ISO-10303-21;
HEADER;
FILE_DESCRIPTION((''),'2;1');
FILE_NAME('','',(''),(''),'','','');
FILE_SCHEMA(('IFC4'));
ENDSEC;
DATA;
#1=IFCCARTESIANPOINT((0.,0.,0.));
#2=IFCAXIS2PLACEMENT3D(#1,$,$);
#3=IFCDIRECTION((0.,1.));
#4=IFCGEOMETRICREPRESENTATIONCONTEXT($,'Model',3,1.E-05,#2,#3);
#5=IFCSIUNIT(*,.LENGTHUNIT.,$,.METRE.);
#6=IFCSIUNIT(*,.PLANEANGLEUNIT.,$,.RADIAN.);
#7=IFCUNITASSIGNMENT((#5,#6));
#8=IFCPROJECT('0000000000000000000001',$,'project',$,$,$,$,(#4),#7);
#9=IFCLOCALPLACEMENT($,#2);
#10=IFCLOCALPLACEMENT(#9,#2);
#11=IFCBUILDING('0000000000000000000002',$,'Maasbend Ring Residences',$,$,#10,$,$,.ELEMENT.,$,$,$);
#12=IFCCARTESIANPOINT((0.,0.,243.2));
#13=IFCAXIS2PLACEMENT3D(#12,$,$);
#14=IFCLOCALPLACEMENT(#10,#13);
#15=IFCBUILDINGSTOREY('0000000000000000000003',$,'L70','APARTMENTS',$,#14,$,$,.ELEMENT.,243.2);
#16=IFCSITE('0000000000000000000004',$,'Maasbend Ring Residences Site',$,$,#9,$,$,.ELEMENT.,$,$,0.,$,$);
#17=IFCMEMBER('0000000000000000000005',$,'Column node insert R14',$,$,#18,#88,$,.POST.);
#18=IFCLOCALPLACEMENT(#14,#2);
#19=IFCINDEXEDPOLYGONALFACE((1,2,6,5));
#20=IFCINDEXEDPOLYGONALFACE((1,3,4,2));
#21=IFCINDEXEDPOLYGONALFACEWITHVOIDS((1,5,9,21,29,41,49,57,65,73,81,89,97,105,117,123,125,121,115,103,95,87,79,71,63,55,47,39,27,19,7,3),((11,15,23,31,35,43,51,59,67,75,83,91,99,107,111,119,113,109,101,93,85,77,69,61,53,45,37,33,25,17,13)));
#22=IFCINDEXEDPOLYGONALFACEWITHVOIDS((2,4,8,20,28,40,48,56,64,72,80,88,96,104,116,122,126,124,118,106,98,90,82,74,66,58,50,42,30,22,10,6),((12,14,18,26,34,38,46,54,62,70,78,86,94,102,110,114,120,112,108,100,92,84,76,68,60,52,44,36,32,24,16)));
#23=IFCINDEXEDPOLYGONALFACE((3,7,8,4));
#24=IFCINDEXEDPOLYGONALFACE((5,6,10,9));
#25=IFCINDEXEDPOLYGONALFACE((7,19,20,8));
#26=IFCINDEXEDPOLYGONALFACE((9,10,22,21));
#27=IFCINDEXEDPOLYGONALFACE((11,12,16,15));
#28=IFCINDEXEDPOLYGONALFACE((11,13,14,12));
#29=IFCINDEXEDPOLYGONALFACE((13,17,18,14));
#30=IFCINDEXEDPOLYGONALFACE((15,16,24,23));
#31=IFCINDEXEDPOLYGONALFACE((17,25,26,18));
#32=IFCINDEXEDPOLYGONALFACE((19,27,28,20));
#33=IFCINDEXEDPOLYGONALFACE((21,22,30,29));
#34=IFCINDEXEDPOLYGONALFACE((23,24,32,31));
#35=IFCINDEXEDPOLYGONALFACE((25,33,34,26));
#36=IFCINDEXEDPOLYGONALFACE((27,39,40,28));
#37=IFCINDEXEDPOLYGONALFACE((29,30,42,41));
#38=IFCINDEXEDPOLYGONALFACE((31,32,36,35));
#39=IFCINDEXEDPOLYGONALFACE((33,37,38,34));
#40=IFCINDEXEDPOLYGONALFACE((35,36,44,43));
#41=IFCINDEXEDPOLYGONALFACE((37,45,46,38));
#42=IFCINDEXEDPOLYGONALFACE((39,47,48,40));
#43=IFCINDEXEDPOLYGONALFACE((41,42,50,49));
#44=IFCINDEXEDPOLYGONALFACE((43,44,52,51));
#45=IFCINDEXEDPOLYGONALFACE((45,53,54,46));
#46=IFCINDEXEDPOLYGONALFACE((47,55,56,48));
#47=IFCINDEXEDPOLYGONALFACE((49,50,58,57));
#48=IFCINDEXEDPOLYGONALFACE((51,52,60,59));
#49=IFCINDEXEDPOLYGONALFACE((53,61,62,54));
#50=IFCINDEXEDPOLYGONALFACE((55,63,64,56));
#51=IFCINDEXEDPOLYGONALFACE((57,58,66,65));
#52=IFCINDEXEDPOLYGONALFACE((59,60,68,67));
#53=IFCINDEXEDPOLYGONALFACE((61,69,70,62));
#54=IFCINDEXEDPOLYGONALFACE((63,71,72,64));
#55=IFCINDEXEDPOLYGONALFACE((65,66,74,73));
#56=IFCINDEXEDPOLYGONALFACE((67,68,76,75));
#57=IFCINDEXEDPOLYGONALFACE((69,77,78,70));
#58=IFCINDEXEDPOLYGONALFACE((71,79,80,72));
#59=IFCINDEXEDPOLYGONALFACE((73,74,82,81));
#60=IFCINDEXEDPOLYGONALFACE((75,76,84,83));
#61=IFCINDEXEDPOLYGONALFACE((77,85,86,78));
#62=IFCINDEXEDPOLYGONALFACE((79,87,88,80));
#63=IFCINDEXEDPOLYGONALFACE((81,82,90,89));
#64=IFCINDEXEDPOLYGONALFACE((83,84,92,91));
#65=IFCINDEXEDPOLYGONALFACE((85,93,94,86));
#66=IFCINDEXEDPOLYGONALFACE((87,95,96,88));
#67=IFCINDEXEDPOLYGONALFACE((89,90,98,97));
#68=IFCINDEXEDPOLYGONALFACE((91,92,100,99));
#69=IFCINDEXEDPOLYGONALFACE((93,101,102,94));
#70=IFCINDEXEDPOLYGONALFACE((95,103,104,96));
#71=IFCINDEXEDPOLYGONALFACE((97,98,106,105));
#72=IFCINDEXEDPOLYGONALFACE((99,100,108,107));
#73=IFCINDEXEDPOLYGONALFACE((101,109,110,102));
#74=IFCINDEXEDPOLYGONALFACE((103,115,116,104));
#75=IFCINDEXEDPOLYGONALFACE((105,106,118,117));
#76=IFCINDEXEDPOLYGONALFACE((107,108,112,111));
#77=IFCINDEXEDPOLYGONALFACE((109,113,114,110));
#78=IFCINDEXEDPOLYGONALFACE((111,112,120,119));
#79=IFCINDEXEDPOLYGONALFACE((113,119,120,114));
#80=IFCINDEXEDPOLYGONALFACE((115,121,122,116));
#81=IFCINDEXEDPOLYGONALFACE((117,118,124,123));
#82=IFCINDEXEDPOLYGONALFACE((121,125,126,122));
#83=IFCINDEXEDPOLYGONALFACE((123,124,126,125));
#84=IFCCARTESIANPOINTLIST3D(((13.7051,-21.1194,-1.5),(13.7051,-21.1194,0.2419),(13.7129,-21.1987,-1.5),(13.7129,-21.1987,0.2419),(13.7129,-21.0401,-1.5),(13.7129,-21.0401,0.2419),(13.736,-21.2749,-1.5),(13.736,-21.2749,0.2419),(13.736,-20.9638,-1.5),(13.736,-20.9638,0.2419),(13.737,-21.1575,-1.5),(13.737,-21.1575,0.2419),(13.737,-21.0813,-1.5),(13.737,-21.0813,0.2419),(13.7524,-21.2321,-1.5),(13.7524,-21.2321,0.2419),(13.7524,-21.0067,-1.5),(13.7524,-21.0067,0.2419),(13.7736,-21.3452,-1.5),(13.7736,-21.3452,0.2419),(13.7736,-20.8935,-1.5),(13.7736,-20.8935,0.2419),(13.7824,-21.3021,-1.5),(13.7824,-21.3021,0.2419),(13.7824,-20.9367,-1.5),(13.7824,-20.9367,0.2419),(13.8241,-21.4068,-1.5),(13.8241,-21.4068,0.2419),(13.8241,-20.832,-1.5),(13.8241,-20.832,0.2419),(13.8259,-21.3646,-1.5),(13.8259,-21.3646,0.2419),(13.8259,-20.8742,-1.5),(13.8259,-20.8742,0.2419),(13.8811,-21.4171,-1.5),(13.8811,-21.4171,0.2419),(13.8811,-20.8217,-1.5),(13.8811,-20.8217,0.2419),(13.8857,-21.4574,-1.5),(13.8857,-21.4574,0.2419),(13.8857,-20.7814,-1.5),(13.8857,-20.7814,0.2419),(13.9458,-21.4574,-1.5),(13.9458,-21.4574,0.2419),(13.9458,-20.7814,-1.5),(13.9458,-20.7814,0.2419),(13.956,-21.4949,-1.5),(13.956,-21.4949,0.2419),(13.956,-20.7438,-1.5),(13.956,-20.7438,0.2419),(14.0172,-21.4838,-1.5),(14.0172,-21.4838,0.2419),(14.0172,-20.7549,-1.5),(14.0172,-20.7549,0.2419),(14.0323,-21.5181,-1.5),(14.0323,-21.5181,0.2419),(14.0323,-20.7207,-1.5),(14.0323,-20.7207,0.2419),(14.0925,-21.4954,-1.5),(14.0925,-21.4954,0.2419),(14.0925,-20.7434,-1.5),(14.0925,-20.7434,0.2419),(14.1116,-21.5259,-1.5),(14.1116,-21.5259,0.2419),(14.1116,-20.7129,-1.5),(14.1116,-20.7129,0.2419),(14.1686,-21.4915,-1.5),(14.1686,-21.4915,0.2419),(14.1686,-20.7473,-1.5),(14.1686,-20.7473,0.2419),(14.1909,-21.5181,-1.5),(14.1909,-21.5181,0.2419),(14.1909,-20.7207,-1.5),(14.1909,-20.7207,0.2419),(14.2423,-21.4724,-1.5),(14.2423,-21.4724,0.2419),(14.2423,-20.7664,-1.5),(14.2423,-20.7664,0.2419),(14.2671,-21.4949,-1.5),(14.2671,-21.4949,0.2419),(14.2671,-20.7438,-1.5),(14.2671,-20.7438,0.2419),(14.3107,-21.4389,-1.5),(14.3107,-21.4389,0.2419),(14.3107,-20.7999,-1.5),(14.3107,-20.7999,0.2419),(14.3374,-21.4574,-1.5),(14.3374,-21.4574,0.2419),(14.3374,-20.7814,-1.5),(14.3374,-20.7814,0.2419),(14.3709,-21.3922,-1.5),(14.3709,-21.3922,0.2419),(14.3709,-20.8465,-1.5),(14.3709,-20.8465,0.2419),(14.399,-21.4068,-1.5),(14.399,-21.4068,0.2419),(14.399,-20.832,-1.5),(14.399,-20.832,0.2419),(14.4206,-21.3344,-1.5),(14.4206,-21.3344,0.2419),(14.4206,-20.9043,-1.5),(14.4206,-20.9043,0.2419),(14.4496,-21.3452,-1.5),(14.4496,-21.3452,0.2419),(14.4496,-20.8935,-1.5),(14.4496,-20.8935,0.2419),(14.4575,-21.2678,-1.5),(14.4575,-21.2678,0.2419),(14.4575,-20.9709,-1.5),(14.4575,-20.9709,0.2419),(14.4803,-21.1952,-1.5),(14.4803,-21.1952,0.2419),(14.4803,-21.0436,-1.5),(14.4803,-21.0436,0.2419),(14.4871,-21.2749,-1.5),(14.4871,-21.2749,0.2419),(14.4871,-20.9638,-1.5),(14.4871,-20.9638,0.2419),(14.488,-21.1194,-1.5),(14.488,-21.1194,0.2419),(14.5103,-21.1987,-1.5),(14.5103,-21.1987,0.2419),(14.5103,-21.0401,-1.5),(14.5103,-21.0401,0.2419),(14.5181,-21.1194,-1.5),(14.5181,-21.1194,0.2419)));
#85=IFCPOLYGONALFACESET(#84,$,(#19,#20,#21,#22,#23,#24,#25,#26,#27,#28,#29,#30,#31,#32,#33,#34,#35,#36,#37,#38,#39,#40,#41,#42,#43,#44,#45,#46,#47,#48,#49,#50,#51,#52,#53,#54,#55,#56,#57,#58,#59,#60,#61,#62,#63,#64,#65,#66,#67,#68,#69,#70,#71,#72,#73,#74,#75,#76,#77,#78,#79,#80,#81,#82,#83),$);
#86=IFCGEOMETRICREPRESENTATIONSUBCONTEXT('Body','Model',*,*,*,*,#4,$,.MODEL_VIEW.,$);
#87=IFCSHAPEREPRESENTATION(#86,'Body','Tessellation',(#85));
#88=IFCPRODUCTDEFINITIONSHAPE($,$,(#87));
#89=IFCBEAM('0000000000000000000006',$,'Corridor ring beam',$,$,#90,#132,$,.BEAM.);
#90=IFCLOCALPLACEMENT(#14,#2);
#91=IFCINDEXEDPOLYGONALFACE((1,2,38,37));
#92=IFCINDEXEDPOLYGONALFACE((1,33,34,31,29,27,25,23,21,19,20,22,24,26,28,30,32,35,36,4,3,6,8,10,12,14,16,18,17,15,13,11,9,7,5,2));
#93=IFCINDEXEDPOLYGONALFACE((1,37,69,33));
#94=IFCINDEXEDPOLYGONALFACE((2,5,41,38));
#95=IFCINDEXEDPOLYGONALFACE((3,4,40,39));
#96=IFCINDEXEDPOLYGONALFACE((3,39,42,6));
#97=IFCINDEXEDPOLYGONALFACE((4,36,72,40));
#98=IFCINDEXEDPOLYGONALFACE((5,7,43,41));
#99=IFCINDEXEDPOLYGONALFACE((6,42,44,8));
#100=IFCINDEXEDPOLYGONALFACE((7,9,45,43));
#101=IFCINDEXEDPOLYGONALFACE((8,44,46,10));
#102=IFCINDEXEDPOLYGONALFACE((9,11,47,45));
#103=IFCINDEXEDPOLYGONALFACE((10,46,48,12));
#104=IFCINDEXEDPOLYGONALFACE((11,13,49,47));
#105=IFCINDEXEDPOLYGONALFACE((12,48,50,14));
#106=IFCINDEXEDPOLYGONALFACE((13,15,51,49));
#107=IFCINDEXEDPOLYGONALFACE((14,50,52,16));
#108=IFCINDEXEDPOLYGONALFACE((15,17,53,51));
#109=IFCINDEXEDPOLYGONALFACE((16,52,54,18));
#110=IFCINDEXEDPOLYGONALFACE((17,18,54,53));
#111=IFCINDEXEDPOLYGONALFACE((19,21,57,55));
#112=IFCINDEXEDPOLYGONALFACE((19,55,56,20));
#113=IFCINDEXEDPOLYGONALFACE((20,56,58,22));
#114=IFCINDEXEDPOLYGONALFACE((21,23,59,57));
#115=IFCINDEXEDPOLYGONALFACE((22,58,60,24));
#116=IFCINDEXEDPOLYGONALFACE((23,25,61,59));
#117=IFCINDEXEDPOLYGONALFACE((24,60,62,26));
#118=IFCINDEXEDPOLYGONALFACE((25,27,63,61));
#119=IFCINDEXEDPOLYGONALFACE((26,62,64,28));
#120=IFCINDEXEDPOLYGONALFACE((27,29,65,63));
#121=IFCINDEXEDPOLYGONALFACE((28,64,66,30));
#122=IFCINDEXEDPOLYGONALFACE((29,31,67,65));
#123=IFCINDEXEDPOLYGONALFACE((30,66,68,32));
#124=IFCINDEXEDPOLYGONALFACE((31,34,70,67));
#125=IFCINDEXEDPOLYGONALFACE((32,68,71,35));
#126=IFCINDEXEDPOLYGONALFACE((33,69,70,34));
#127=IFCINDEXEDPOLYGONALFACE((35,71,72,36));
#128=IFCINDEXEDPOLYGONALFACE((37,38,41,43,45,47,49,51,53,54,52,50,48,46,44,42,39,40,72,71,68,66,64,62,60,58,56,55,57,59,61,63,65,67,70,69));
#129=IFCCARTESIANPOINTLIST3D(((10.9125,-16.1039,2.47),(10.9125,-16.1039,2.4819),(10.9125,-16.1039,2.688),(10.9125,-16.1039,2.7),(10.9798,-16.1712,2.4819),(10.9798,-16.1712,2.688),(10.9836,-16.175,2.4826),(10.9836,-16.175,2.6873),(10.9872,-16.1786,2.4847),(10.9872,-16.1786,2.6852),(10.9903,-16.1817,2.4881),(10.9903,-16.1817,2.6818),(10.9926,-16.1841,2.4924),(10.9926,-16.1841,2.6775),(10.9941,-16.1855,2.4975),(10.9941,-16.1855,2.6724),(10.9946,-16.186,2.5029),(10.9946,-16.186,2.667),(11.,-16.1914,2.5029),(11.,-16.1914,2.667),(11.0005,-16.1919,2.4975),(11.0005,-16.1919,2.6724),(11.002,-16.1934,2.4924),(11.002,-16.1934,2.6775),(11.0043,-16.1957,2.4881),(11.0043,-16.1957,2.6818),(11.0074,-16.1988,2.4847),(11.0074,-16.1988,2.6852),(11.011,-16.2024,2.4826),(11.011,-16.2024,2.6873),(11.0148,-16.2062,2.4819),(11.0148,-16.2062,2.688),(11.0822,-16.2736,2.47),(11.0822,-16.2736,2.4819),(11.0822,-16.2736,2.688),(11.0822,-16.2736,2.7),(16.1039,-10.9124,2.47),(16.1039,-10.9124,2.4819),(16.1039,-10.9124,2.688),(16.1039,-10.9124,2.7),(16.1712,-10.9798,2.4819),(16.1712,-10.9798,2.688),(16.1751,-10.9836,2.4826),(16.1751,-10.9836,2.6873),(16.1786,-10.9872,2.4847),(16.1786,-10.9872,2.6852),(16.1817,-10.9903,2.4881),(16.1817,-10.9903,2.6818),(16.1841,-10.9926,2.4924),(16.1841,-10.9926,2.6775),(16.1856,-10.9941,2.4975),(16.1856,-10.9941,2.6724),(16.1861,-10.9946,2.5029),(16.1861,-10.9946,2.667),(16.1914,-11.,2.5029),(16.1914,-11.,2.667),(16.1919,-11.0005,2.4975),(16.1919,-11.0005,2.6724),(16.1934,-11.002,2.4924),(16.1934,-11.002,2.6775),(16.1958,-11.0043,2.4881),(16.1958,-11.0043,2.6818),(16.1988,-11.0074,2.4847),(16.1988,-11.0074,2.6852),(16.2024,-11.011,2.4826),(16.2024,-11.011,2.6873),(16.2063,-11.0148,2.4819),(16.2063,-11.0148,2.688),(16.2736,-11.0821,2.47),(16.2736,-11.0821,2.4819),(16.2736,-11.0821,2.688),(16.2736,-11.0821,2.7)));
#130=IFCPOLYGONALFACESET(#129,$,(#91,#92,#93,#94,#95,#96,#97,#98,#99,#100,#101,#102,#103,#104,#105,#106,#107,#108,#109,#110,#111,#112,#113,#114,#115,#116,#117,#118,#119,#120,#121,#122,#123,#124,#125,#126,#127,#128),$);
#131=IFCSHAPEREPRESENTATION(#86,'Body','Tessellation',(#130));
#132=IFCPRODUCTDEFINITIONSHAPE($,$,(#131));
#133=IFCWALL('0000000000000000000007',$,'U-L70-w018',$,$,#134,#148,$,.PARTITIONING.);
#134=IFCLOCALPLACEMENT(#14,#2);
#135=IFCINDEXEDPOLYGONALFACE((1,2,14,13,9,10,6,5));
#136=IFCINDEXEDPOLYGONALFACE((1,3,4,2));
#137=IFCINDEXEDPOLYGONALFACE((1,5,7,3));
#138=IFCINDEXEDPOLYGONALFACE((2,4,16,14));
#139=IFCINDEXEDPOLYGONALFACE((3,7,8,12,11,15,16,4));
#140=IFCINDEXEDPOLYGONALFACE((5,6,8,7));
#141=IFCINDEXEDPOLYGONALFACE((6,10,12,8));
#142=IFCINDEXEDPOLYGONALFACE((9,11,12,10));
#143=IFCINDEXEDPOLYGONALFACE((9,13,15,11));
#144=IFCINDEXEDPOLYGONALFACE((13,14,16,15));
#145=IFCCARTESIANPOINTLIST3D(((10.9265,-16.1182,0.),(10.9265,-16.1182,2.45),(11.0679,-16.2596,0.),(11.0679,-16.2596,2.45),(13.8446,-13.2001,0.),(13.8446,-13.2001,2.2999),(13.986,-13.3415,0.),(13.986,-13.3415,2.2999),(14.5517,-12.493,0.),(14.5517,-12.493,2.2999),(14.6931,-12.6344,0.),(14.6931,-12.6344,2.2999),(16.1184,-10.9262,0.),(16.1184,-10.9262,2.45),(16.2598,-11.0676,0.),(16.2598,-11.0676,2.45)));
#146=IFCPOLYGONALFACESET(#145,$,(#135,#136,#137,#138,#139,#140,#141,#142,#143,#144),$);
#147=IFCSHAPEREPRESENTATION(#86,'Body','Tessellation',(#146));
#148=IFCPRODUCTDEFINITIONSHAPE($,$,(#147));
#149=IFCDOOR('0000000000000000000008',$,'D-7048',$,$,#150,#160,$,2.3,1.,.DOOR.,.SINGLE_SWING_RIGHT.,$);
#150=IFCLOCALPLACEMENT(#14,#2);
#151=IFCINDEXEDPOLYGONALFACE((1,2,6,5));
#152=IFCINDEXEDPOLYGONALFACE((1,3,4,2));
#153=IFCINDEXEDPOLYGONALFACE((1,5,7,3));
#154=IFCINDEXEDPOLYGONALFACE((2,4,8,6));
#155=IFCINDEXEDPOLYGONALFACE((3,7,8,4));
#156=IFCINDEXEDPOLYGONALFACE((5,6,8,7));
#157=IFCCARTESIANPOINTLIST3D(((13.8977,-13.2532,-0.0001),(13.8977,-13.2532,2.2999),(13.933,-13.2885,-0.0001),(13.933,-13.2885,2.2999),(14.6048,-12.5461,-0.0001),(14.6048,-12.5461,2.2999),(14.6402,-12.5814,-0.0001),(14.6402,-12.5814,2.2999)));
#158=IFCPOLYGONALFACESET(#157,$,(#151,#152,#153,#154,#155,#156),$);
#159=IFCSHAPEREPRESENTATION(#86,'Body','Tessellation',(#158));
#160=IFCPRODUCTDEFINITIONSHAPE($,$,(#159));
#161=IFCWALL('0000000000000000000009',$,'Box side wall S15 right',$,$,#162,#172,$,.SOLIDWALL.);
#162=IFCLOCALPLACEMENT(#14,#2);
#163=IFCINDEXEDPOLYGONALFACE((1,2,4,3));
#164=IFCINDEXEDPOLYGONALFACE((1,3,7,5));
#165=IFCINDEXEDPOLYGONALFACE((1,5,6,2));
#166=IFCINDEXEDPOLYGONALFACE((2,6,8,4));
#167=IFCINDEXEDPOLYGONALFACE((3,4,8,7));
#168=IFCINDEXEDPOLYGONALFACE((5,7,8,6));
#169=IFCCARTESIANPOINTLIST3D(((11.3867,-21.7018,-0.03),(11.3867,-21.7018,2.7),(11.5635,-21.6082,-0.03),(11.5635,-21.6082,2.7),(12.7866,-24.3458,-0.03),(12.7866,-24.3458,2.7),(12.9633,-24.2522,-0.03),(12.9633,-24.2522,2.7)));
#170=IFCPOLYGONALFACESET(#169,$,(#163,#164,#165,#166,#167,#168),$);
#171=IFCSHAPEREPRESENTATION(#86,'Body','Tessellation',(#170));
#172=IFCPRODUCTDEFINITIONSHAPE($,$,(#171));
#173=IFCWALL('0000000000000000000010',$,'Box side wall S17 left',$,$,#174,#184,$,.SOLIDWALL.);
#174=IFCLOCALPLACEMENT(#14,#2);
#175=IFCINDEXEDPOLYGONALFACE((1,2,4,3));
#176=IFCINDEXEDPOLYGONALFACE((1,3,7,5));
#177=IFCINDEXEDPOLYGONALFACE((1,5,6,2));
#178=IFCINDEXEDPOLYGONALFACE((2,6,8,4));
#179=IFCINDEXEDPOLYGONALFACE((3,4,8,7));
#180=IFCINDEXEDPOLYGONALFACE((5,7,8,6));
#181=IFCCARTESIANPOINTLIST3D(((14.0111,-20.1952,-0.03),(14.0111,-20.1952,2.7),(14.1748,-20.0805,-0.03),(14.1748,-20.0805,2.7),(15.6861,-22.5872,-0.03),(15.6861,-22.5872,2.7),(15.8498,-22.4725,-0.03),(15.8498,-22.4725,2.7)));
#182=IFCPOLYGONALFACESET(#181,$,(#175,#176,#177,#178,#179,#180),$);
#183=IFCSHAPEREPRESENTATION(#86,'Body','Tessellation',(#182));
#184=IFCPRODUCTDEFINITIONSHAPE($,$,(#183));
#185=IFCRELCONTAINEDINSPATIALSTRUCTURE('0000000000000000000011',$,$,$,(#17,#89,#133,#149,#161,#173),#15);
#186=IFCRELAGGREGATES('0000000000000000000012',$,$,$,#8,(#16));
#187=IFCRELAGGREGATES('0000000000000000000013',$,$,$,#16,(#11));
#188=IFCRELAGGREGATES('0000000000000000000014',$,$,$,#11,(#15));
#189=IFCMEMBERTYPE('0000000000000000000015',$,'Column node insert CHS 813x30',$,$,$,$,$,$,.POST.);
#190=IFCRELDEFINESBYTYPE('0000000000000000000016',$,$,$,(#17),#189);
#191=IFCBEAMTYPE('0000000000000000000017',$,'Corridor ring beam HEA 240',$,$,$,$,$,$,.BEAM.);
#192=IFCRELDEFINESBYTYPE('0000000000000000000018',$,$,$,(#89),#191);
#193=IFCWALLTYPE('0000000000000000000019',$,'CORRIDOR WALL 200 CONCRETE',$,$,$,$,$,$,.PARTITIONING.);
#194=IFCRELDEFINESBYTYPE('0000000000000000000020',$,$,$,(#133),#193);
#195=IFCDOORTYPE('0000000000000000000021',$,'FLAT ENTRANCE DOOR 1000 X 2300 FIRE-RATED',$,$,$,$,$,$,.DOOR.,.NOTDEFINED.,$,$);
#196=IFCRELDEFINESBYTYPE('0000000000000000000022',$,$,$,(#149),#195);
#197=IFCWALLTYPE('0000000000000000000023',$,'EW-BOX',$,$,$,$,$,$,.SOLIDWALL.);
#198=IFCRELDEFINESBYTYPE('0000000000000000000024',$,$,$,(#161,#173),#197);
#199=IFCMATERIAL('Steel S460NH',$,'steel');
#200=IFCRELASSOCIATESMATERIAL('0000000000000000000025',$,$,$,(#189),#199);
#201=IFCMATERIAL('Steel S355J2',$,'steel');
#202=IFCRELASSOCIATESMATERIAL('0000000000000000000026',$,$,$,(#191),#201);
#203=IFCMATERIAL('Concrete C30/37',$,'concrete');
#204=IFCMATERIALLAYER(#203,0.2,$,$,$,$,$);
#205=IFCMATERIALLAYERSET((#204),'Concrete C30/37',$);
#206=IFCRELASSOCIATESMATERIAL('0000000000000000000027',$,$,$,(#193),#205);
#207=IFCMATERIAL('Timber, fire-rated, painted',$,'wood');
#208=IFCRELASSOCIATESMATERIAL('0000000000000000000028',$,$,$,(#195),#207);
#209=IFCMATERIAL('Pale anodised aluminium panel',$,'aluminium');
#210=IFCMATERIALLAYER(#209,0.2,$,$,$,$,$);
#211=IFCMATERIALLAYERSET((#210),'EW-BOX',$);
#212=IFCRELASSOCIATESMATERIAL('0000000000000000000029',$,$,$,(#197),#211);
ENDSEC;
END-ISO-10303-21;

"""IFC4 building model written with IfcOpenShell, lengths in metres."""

from ifc_helpers import new_model, si_unit, direction, frame, frame_2d, origin, origin_2d, place, context, subcontext, project, spatial, rectangle, hollow_circle, i_section, extrude, material, layer, layer_set, material_profile, profile_set, type_object, element, fill, save


model = new_model("IFC4")

# Units and contexts
model_context = context("Model", 3, precision=1e-05, world=origin(), true_north=direction((0.0, 1.0)))
body_context = subcontext(model_context, "Body", "Model", "MODEL_VIEW")
ifc_project = project(units=[si_unit("LENGTHUNIT", "METRE"), si_unit("PLANEANGLEUNIT", "RADIAN")], contexts=[model_context])

# Site, building, storey
site_placement = place(None, origin())
site = spatial("IfcSite", under=ifc_project, at=site_placement, Name="Maasbend Ring Residences Site", CompositionType="ELEMENT", RefElevation=0.0)
building_placement = place(site_placement, origin())
building = spatial("IfcBuilding", under=site, at=building_placement, Name="Maasbend Ring Residences", CompositionType="ELEMENT")
storey_placement = place(building_placement, frame((0.0, 0.0, 243.2)))
storey = spatial("IfcBuildingStorey", under=building, at=storey_placement, Name="L70", Description="APARTMENTS", CompositionType="ELEMENT", Elevation=243.2)

# Member
ifc_material_1 = material(Name="Steel S460NH", Category="steel")
ifc_material_profile_1 = material_profile(ifc_material_1, hollow_circle(Radius=0.4065, WallThickness=0.03, at=origin_2d()), Name="Column node insert CHS 813x30")
ifc_profile_set_1 = profile_set([ifc_material_profile_1], Name="Steel S460NH")
member_type = type_object("IfcMemberType", Name="Column node insert CHS 813x30", PredefinedType="POST", material=ifc_profile_set_1)
member_placement = place(storey_placement, frame((14.1116, -21.1194, -1.5), z_axis=(0.0, 0.0, 1.0), x_axis=(1.0, 0.0, 0.0)))
element("IfcMember", 1, at=member_placement, inside=storey, type_object=member_type, Name="Column node insert R14", PredefinedType="POST", context=body_context, shape_type="SweptSolid", body=[
    extrude(hollow_circle(Radius=0.4065, WallThickness=0.03, at=origin_2d()), origin(), (0.0, 0.0, 1.0), 1.7419),
])

# Beam
ifc_material_2 = material(Name="Steel S355J2", Category="steel")
ifc_material_profile_2 = material_profile(ifc_material_2, i_section(OverallWidth=0.24, OverallDepth=0.23, WebThickness=0.0076, FlangeThickness=0.012, FilletRadius=0.021, at=origin_2d()), Name="HEA 240")
ifc_profile_set_2 = profile_set([ifc_material_profile_2], Name="Steel S355J2")
beam_type = type_object("IfcBeamType", Name="Corridor ring beam HEA 240", PredefinedType="BEAM", material=ifc_profile_set_2)
beam_placement = place(storey_placement, frame((10.9973, -16.1887, 2.585), z_axis=(0.707107, 0.707107, 0.0), x_axis=(-0.707107, 0.707107, 0.0)))
element("IfcBeam", 2, at=beam_placement, inside=storey, type_object=beam_type, Name="Corridor ring beam", PredefinedType="BEAM", context=body_context, shape_type="SweptSolid", body=[
    extrude(i_section(OverallWidth=0.24, OverallDepth=0.23, WebThickness=0.0076, FlangeThickness=0.012, FilletRadius=0.021, at=origin_2d()), origin(), (0.0, 0.0, 1.0), 7.3418),
])

# Wall, opening, door
ifc_material_3 = material(Name="Concrete C30/37", Category="concrete")
ifc_layer_1 = layer(ifc_material_3, 0.2)
ifc_layer_set_1 = layer_set([ifc_layer_1], Name="Concrete C30/37")
wall_type_1 = type_object("IfcWallType", Name="CORRIDOR WALL 200 CONCRETE", PredefinedType="PARTITIONING", material=ifc_layer_set_1)
wall_1_placement = place(storey_placement, frame((10.9971, -16.189, 0.0), z_axis=(0.0, 0.0, 1.0), x_axis=(0.707107, 0.707107, 0.0)))
wall_1 = element("IfcWall", 3, at=wall_1_placement, inside=storey, type_object=wall_type_1, Name="U-L70-w018", PredefinedType="PARTITIONING", context=body_context, shape_type="SweptSolid", body=[
    extrude(rectangle(XDim=7.3425, YDim=0.2, at=frame_2d((3.6714, 0.0))), origin(), (0.0, 0.0, 1.0), 2.45),
])
opening_1_placement = place(wall_1_placement, frame((4.127, 0.0, 0.0)))
opening_1 = element("IfcOpeningElement", 4, at=opening_1_placement, cuts=wall_1, PredefinedType="OPENING", context=body_context, shape_type="SweptSolid", body=[
    extrude(rectangle(XDim=1.0, YDim=2.3, at=frame_2d((0.5, 1.1499))), frame((0.0, 0.1099, 0.0), z_axis=(0.0, -1.0, 0.0), x_axis=(1.0, 0.0, 0.0)), (0.0, 0.0, 1.0), 0.22),
])
ifc_material_4 = material(Name="Timber, fire-rated, painted", Category="wood")
door_type_1 = type_object("IfcDoorType", Name="FLAT ENTRANCE DOOR 1000 X 2300 FIRE-RATED", OperationType="NOTDEFINED", PredefinedType="DOOR", material=ifc_material_4)
door_1_placement = place(opening_1_placement, origin())
door_1 = element("IfcDoor", 5, at=door_1_placement, inside=storey, type_object=door_type_1, Name="D-7048", OperationType="SINGLE_SWING_RIGHT", OverallHeight=2.3, OverallWidth=1.0, PredefinedType="DOOR", context=body_context, shape_type="SweptSolid", body=[
    extrude(rectangle(XDim=1.0, YDim=2.3, at=frame_2d((0.5, 1.1499))), frame((0.0, 0.0249, 0.0), z_axis=(0.0, -1.0, 0.0), x_axis=(1.0, 0.0, 0.0)), (0.0, 0.0, 1.0), 0.05),
])
fill(opening_1, door_1)

# Walls
ifc_material_5 = material(Name="Pale anodised aluminium panel", Category="aluminium")
ifc_layer_2 = layer(ifc_material_5, 0.2)
ifc_layer_set_2 = layer_set([ifc_layer_2], Name="EW-BOX")
wall_type_2 = type_object("IfcWallType", Name="EW-BOX", PredefinedType="SOLIDWALL", material=ifc_layer_set_2)
wall_2_placement = place(storey_placement, frame((11.4751, -21.655, -0.03), z_axis=(0.0, 0.0, 1.0), x_axis=(0.467918, -0.883772, 0.0)))
element("IfcWall", 6, at=wall_2_placement, inside=storey, type_object=wall_type_2, Name="Box side wall S15 right", PredefinedType="SOLIDWALL", context=body_context, shape_type="SweptSolid", body=[
    extrude(rectangle(XDim=2.9917, YDim=0.2, at=frame_2d((1.4958, 0.0))), origin(), (0.0, 0.0, 1.0), 2.73),
])
wall_3_placement = place(storey_placement, frame((14.093, -20.1379, -0.03), z_axis=(0.0, 0.0, 1.0), x_axis=(0.573597, -0.819138, 0.0)))
element("IfcWall", 7, at=wall_3_placement, inside=storey, type_object=wall_type_2, Name="Box side wall S17 left", PredefinedType="SOLIDWALL", context=body_context, shape_type="SweptSolid", body=[
    extrude(rectangle(XDim=2.9202, YDim=0.2, at=frame_2d((1.46, 0.0))), origin(), (0.0, 0.0, 1.0), 2.73),
])

save(model, "model.ifc")
